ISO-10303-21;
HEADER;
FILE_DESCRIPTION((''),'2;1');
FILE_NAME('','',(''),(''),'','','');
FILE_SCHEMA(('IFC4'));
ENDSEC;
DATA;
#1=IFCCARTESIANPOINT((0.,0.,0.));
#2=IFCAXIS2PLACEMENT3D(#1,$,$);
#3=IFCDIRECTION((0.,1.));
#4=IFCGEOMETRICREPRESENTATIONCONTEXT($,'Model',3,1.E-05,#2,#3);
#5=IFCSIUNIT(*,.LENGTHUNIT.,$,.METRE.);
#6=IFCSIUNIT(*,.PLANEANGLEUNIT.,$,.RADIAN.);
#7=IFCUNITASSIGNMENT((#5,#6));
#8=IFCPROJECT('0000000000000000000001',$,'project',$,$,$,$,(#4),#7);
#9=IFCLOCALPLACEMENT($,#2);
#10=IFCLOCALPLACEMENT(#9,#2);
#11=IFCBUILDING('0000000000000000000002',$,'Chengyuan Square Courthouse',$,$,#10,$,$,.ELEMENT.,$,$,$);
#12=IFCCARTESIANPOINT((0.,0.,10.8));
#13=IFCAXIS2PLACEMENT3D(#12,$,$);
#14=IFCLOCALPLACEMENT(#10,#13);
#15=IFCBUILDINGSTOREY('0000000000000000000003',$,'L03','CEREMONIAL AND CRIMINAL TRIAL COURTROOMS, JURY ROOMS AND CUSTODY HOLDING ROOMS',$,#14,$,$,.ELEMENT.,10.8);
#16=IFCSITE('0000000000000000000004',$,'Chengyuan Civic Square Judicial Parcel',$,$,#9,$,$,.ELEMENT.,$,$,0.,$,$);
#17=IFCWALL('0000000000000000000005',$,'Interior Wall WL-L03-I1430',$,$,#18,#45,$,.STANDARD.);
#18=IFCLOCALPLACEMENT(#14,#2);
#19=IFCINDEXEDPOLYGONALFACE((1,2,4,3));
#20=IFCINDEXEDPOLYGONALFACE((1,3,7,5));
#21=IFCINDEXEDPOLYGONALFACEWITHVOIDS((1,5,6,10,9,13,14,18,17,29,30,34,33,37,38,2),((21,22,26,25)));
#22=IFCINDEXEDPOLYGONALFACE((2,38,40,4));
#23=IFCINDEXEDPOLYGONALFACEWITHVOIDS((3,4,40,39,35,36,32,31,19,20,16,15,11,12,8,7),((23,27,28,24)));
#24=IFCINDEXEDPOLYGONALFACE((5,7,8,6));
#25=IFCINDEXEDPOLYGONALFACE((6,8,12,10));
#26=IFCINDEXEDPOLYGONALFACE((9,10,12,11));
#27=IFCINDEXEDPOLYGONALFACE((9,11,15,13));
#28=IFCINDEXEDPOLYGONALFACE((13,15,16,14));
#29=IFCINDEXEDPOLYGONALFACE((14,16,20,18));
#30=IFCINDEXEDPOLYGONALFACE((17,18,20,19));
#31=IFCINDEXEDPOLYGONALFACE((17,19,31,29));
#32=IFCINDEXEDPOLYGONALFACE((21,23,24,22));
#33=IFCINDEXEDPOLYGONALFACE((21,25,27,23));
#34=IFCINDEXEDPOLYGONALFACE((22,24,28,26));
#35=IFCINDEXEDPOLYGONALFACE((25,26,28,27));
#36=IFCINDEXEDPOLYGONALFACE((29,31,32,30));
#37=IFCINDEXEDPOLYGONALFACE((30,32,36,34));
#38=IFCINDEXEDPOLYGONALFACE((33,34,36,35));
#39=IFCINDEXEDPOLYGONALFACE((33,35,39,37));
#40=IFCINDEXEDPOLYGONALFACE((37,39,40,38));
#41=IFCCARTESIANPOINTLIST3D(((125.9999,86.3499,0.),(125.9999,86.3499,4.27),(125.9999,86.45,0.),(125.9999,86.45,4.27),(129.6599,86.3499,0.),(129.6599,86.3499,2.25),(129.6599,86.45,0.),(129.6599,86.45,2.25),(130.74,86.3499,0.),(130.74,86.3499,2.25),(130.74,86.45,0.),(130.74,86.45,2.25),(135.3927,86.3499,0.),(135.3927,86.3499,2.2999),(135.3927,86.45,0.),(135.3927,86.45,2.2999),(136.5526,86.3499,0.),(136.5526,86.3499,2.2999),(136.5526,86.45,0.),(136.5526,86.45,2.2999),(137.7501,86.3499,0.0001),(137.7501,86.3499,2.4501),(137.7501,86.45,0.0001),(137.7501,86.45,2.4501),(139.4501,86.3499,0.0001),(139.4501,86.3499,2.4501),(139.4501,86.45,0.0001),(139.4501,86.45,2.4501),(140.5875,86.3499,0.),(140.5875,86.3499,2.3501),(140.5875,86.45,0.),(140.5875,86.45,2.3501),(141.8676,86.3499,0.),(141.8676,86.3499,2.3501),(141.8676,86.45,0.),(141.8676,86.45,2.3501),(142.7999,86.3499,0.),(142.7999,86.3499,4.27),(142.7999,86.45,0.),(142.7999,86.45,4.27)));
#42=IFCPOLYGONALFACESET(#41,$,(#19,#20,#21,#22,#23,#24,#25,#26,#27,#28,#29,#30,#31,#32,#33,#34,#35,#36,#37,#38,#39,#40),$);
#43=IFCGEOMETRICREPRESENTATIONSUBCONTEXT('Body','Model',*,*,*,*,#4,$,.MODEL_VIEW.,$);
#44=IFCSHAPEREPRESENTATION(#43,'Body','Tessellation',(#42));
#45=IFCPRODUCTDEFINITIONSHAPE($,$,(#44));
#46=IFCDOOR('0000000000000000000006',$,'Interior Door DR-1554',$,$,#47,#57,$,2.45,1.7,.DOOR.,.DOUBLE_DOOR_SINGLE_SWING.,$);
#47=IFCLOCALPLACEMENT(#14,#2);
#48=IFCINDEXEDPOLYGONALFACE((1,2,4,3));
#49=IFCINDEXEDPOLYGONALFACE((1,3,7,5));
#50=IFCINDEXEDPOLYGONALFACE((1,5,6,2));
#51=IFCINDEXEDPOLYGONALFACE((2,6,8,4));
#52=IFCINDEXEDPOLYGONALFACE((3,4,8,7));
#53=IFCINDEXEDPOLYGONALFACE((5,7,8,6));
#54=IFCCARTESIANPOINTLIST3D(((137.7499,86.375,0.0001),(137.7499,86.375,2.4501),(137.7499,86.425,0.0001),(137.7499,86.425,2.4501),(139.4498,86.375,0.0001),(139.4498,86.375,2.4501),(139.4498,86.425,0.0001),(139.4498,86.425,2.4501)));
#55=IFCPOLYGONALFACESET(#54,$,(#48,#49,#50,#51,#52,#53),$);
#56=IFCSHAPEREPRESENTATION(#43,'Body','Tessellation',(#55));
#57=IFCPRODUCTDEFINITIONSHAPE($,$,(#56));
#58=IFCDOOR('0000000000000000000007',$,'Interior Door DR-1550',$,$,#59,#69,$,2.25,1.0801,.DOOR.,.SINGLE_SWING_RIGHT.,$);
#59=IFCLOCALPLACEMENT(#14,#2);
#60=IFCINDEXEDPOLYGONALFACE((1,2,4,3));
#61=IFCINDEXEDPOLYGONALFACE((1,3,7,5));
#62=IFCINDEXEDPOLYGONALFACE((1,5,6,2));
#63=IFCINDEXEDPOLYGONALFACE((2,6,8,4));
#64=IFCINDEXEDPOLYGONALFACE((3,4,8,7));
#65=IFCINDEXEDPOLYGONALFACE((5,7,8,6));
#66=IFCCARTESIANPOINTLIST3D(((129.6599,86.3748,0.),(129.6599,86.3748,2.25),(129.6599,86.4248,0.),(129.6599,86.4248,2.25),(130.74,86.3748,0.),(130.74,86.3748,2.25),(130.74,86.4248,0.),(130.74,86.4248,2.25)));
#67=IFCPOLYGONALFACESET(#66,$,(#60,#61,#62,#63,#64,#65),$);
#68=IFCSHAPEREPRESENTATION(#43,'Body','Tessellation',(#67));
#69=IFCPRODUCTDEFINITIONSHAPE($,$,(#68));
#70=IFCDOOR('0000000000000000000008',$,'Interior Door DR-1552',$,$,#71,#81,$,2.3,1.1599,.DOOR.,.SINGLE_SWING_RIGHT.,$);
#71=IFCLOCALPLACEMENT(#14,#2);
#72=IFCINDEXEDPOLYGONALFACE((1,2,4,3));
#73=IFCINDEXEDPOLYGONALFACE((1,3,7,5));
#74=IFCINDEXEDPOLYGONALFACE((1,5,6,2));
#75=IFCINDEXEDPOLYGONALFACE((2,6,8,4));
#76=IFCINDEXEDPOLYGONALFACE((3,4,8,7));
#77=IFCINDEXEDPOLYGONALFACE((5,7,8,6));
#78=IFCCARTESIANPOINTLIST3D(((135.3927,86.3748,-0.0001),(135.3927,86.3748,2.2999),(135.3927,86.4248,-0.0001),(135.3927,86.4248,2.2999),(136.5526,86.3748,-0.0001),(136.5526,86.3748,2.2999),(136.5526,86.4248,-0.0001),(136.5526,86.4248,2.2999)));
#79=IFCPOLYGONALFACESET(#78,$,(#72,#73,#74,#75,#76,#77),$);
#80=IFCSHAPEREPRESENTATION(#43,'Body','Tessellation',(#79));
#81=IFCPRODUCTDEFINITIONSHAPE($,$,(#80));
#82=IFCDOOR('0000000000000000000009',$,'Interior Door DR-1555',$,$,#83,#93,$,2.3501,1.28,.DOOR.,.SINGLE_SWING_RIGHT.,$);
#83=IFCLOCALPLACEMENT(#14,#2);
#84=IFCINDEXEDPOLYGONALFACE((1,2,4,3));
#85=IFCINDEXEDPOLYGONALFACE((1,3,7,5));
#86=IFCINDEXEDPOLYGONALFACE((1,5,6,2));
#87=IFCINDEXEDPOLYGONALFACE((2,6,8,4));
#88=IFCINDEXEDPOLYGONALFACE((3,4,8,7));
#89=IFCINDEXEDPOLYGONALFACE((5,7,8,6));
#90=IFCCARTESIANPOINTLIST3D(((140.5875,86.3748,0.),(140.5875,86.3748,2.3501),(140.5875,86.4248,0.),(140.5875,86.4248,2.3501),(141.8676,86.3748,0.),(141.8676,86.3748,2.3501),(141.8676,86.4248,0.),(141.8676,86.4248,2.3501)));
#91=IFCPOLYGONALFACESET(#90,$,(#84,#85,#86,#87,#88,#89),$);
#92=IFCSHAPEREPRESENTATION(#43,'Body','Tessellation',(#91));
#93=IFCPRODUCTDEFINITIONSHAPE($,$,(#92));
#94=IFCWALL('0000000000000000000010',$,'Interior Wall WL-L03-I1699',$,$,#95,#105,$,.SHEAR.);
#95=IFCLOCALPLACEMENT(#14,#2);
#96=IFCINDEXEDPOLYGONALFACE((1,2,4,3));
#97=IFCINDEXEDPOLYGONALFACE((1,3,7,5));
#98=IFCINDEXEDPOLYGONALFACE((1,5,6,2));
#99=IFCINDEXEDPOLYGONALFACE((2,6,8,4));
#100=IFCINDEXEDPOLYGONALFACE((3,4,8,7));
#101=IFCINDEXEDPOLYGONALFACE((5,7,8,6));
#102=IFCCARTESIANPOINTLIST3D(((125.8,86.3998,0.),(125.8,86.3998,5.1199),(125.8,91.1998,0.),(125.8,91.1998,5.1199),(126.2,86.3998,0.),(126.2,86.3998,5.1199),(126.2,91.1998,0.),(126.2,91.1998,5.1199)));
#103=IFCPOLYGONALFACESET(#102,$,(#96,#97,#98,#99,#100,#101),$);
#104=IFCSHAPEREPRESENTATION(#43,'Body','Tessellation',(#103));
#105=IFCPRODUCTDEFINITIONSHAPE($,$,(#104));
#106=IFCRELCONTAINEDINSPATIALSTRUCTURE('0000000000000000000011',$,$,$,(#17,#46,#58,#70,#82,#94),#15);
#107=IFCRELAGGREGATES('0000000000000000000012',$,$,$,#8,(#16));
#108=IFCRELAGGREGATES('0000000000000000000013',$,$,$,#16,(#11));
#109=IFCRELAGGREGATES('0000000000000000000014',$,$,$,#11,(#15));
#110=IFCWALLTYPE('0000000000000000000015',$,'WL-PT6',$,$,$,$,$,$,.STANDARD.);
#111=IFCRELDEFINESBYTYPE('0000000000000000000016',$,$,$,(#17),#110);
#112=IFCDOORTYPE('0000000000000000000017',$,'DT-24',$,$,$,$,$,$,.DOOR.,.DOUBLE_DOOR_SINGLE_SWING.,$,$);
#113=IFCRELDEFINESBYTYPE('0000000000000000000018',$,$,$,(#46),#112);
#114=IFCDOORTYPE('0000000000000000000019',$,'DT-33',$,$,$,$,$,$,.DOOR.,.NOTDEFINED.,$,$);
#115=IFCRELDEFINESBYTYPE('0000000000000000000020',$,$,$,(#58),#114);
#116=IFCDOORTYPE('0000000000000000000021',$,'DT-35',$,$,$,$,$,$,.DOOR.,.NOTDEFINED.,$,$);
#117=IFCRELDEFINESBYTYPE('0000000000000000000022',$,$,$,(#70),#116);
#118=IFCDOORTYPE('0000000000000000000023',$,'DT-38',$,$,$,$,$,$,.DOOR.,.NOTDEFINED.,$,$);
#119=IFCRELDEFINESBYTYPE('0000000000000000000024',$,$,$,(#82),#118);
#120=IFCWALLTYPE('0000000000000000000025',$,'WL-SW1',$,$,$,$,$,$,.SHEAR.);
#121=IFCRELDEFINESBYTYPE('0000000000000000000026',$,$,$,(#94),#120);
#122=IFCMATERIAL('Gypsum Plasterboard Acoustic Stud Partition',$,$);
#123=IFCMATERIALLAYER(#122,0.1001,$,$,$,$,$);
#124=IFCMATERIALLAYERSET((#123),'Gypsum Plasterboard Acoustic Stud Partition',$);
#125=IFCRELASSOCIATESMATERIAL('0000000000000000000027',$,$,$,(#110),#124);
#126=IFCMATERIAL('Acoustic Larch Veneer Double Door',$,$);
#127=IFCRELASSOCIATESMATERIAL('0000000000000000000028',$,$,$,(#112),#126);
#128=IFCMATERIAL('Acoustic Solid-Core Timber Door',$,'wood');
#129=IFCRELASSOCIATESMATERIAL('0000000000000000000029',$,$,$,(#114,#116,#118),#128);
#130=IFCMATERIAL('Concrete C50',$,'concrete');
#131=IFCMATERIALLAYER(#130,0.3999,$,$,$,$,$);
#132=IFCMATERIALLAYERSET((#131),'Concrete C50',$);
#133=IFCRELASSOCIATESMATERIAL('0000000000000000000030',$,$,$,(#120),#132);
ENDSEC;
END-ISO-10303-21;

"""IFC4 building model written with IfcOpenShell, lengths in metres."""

from ifc_helpers import new_model, si_unit, direction, frame, frame_2d, origin, place, context, subcontext, project, spatial, rectangle, extrude, material, layer, layer_set, type_object, element, fill, save


model = new_model("IFC4")

# Units and contexts
model_context = context("Model", 3, precision=1e-05, world=origin(), true_north=direction((0.0, 1.0)))
body_context = subcontext(model_context, "Body", "Model", "MODEL_VIEW")
ifc_project = project(units=[si_unit("LENGTHUNIT", "METRE"), si_unit("PLANEANGLEUNIT", "RADIAN")], contexts=[model_context])

# Site, building, storey
site_placement = place(None, origin())
site = spatial("IfcSite", under=ifc_project, at=site_placement, Name="Chengyuan Civic Square Judicial Parcel", CompositionType="ELEMENT", RefElevation=0.0)
building_placement = place(site_placement, origin())
building = spatial("IfcBuilding", under=site, at=building_placement, Name="Chengyuan Square Courthouse", CompositionType="ELEMENT")
storey_placement = place(building_placement, frame((0.0, 0.0, 10.8)))
storey = spatial("IfcBuildingStorey", under=building, at=storey_placement, Name="L03", Description="CEREMONIAL AND CRIMINAL TRIAL COURTROOMS, JURY ROOMS AND CUSTODY HOLDING ROOMS", CompositionType="ELEMENT", Elevation=10.8)

# Wall, openings, doors
ifc_material_1 = material(Name="Gypsum Plasterboard Acoustic Stud Partition")
ifc_layer_1 = layer(ifc_material_1, 0.1001)
ifc_layer_set_1 = layer_set([ifc_layer_1], Name="Gypsum Plasterboard Acoustic Stud Partition")
wall_type_1 = type_object("IfcWallType", Name="WL-PT6", PredefinedType="STANDARD", material=ifc_layer_set_1)
ifc_material_2 = material(Name="Acoustic Solid-Core Timber Door", Category="wood")
wall_1_placement = place(storey_placement, frame((126.0, 86.3999, 0.0), z_axis=(0.0, 0.0, 1.0), x_axis=(1.0, 0.0, 0.0)))
wall_1 = element("IfcWall", 1, at=wall_1_placement, inside=storey, type_object=wall_type_1, Name="Interior Wall WL-L03-I1430", PredefinedType="STANDARD", context=body_context, shape_type="SweptSolid", body=[
    extrude(rectangle(XDim=16.8, YDim=0.1001, at=frame_2d((8.3999, 0.0))), origin(), (0.0, 0.0, 1.0), 4.27),
])
opening_1_placement = place(wall_1_placement, frame((3.6599, 0.0, 0.0)))
opening_1 = element("IfcOpeningElement", 2, at=opening_1_placement, cuts=wall_1, PredefinedType="OPENING", context=body_context, shape_type="SweptSolid", body=[
    extrude(rectangle(XDim=1.0801, YDim=2.25, at=frame_2d((0.54, 1.125))), frame((0.0, 0.062, 0.0), z_axis=(0.0, -1.0, 0.0), x_axis=(1.0, 0.0, 0.0)), (0.0, 0.0, 1.0), 0.124),
])
opening_2_placement = place(wall_1_placement, frame((9.3926, 0.0, 0.0)))
opening_2 = element("IfcOpeningElement", 3, at=opening_2_placement, cuts=wall_1, PredefinedType="OPENING", context=body_context, shape_type="SweptSolid", body=[
    extrude(rectangle(XDim=1.1599, YDim=2.3, at=frame_2d((0.5801, 1.1499))), frame((0.0, 0.062, 0.0), z_axis=(0.0, -1.0, 0.0), x_axis=(1.0, 0.0, 0.0)), (0.0, 0.0, 1.0), 0.124),
])
opening_3_placement = place(wall_1_placement, frame((11.75, 0.0, 0.0)))
opening_3 = element("IfcOpeningElement", 4, at=opening_3_placement, cuts=wall_1, PredefinedType="OPENING", context=body_context, shape_type="SweptSolid", body=[
    extrude(rectangle(XDim=1.7, YDim=2.45, at=frame_2d((0.8501, 1.2251))), frame((0.0, 0.062, 0.0), z_axis=(0.0, -1.0, 0.0), x_axis=(1.0, 0.0, 0.0)), (0.0, 0.0, 1.0), 0.124),
])
opening_4_placement = place(wall_1_placement, frame((14.5874, 0.0, 0.0)))
opening_4 = element("IfcOpeningElement", 5, at=opening_4_placement, cuts=wall_1, PredefinedType="OPENING", context=body_context, shape_type="SweptSolid", body=[
    extrude(rectangle(XDim=1.28, YDim=2.3501, at=frame_2d((0.6401, 1.175))), frame((0.0, 0.062, 0.0), z_axis=(0.0, -1.0, 0.0), x_axis=(1.0, 0.0, 0.0)), (0.0, 0.0, 1.0), 0.124),
])
ifc_material_3 = material(Name="Acoustic Larch Veneer Double Door")
door_type_1 = type_object("IfcDoorType", Name="DT-24", OperationType="DOUBLE_DOOR_SINGLE_SWING", PredefinedType="DOOR", material=ifc_material_3)
door_1_placement = place(opening_3_placement, frame((1.7, 0.0, 0.0), z_axis=(0.0, 0.0, 1.0), x_axis=(-1.0, 0.0, 0.0)))
door_1 = element("IfcDoor", 6, at=door_1_placement, inside=storey, type_object=door_type_1, Name="Interior Door DR-1554", OperationType="DOUBLE_DOOR_SINGLE_SWING", OverallHeight=2.45, OverallWidth=1.7, PredefinedType="DOOR", context=body_context, shape_type="SweptSolid", body=[
    extrude(rectangle(XDim=1.7, YDim=2.45, at=frame_2d((0.8501, 1.2251))), frame((0.0, 0.0249, 0.0), z_axis=(0.0, -1.0, 0.0), x_axis=(1.0, 0.0, 0.0)), (0.0, 0.0, 1.0), 0.05),
])
fill(opening_3, door_1)
door_type_2 = type_object("IfcDoorType", Name="DT-33", OperationType="NOTDEFINED", PredefinedType="DOOR", material=ifc_material_2)
door_2_placement = place(opening_1_placement, origin())
door_2 = element("IfcDoor", 7, at=door_2_placement, inside=storey, type_object=door_type_2, Name="Interior Door DR-1550", OperationType="SINGLE_SWING_RIGHT", OverallHeight=2.25, OverallWidth=1.0801, PredefinedType="DOOR", context=body_context, shape_type="SweptSolid", body=[
    extrude(rectangle(XDim=1.0801, YDim=2.25, at=frame_2d((0.54, 1.125))), frame((0.0, 0.0249, 0.0), z_axis=(0.0, -1.0, 0.0), x_axis=(1.0, 0.0, 0.0)), (0.0, 0.0, 1.0), 0.05),
])
fill(opening_1, door_2)
door_type_3 = type_object("IfcDoorType", Name="DT-35", OperationType="NOTDEFINED", PredefinedType="DOOR", material=ifc_material_2)
door_3_placement = place(opening_2_placement, origin())
door_3 = element("IfcDoor", 8, at=door_3_placement, inside=storey, type_object=door_type_3, Name="Interior Door DR-1552", OperationType="SINGLE_SWING_RIGHT", OverallHeight=2.3, OverallWidth=1.1599, PredefinedType="DOOR", context=body_context, shape_type="SweptSolid", body=[
    extrude(rectangle(XDim=1.1599, YDim=2.3, at=frame_2d((0.5801, 1.1499))), frame((0.0, 0.0249, 0.0), z_axis=(0.0, -1.0, 0.0), x_axis=(1.0, 0.0, 0.0)), (0.0, 0.0, 1.0), 0.05),
])
fill(opening_2, door_3)
door_type_4 = type_object("IfcDoorType", Name="DT-38", OperationType="NOTDEFINED", PredefinedType="DOOR", material=ifc_material_2)
door_4_placement = place(opening_4_placement, origin())
door_4 = element("IfcDoor", 9, at=door_4_placement, inside=storey, type_object=door_type_4, Name="Interior Door DR-1555", OperationType="SINGLE_SWING_RIGHT", OverallHeight=2.3501, OverallWidth=1.28, PredefinedType="DOOR", context=body_context, shape_type="SweptSolid", body=[
    extrude(rectangle(XDim=1.28, YDim=2.3501, at=frame_2d((0.6401, 1.175))), frame((0.0, 0.0249, 0.0), z_axis=(0.0, -1.0, 0.0), x_axis=(1.0, 0.0, 0.0)), (0.0, 0.0, 1.0), 0.05),
])
fill(opening_4, door_4)

# Wall
ifc_material_4 = material(Name="Concrete C50", Category="concrete")
ifc_layer_2 = layer(ifc_material_4, 0.3999)
ifc_layer_set_2 = layer_set([ifc_layer_2], Name="Concrete C50")
wall_type_2 = type_object("IfcWallType", Name="WL-SW1", PredefinedType="SHEAR", material=ifc_layer_set_2)
wall_2_placement = place(storey_placement, frame((126.0, 86.3999, 0.0), z_axis=(0.0, 0.0, 1.0), x_axis=(0.0, 1.0, 0.0)))
element("IfcWall", 10, at=wall_2_placement, inside=storey, type_object=wall_type_2, Name="Interior Wall WL-L03-I1699", PredefinedType="SHEAR", context=body_context, shape_type="SweptSolid", body=[
    extrude(rectangle(XDim=4.8, YDim=0.3999, at=frame_2d((2.3999, 0.0))), origin(), (0.0, 0.0, 1.0), 5.1199),
])

save(model, "model.ifc")
